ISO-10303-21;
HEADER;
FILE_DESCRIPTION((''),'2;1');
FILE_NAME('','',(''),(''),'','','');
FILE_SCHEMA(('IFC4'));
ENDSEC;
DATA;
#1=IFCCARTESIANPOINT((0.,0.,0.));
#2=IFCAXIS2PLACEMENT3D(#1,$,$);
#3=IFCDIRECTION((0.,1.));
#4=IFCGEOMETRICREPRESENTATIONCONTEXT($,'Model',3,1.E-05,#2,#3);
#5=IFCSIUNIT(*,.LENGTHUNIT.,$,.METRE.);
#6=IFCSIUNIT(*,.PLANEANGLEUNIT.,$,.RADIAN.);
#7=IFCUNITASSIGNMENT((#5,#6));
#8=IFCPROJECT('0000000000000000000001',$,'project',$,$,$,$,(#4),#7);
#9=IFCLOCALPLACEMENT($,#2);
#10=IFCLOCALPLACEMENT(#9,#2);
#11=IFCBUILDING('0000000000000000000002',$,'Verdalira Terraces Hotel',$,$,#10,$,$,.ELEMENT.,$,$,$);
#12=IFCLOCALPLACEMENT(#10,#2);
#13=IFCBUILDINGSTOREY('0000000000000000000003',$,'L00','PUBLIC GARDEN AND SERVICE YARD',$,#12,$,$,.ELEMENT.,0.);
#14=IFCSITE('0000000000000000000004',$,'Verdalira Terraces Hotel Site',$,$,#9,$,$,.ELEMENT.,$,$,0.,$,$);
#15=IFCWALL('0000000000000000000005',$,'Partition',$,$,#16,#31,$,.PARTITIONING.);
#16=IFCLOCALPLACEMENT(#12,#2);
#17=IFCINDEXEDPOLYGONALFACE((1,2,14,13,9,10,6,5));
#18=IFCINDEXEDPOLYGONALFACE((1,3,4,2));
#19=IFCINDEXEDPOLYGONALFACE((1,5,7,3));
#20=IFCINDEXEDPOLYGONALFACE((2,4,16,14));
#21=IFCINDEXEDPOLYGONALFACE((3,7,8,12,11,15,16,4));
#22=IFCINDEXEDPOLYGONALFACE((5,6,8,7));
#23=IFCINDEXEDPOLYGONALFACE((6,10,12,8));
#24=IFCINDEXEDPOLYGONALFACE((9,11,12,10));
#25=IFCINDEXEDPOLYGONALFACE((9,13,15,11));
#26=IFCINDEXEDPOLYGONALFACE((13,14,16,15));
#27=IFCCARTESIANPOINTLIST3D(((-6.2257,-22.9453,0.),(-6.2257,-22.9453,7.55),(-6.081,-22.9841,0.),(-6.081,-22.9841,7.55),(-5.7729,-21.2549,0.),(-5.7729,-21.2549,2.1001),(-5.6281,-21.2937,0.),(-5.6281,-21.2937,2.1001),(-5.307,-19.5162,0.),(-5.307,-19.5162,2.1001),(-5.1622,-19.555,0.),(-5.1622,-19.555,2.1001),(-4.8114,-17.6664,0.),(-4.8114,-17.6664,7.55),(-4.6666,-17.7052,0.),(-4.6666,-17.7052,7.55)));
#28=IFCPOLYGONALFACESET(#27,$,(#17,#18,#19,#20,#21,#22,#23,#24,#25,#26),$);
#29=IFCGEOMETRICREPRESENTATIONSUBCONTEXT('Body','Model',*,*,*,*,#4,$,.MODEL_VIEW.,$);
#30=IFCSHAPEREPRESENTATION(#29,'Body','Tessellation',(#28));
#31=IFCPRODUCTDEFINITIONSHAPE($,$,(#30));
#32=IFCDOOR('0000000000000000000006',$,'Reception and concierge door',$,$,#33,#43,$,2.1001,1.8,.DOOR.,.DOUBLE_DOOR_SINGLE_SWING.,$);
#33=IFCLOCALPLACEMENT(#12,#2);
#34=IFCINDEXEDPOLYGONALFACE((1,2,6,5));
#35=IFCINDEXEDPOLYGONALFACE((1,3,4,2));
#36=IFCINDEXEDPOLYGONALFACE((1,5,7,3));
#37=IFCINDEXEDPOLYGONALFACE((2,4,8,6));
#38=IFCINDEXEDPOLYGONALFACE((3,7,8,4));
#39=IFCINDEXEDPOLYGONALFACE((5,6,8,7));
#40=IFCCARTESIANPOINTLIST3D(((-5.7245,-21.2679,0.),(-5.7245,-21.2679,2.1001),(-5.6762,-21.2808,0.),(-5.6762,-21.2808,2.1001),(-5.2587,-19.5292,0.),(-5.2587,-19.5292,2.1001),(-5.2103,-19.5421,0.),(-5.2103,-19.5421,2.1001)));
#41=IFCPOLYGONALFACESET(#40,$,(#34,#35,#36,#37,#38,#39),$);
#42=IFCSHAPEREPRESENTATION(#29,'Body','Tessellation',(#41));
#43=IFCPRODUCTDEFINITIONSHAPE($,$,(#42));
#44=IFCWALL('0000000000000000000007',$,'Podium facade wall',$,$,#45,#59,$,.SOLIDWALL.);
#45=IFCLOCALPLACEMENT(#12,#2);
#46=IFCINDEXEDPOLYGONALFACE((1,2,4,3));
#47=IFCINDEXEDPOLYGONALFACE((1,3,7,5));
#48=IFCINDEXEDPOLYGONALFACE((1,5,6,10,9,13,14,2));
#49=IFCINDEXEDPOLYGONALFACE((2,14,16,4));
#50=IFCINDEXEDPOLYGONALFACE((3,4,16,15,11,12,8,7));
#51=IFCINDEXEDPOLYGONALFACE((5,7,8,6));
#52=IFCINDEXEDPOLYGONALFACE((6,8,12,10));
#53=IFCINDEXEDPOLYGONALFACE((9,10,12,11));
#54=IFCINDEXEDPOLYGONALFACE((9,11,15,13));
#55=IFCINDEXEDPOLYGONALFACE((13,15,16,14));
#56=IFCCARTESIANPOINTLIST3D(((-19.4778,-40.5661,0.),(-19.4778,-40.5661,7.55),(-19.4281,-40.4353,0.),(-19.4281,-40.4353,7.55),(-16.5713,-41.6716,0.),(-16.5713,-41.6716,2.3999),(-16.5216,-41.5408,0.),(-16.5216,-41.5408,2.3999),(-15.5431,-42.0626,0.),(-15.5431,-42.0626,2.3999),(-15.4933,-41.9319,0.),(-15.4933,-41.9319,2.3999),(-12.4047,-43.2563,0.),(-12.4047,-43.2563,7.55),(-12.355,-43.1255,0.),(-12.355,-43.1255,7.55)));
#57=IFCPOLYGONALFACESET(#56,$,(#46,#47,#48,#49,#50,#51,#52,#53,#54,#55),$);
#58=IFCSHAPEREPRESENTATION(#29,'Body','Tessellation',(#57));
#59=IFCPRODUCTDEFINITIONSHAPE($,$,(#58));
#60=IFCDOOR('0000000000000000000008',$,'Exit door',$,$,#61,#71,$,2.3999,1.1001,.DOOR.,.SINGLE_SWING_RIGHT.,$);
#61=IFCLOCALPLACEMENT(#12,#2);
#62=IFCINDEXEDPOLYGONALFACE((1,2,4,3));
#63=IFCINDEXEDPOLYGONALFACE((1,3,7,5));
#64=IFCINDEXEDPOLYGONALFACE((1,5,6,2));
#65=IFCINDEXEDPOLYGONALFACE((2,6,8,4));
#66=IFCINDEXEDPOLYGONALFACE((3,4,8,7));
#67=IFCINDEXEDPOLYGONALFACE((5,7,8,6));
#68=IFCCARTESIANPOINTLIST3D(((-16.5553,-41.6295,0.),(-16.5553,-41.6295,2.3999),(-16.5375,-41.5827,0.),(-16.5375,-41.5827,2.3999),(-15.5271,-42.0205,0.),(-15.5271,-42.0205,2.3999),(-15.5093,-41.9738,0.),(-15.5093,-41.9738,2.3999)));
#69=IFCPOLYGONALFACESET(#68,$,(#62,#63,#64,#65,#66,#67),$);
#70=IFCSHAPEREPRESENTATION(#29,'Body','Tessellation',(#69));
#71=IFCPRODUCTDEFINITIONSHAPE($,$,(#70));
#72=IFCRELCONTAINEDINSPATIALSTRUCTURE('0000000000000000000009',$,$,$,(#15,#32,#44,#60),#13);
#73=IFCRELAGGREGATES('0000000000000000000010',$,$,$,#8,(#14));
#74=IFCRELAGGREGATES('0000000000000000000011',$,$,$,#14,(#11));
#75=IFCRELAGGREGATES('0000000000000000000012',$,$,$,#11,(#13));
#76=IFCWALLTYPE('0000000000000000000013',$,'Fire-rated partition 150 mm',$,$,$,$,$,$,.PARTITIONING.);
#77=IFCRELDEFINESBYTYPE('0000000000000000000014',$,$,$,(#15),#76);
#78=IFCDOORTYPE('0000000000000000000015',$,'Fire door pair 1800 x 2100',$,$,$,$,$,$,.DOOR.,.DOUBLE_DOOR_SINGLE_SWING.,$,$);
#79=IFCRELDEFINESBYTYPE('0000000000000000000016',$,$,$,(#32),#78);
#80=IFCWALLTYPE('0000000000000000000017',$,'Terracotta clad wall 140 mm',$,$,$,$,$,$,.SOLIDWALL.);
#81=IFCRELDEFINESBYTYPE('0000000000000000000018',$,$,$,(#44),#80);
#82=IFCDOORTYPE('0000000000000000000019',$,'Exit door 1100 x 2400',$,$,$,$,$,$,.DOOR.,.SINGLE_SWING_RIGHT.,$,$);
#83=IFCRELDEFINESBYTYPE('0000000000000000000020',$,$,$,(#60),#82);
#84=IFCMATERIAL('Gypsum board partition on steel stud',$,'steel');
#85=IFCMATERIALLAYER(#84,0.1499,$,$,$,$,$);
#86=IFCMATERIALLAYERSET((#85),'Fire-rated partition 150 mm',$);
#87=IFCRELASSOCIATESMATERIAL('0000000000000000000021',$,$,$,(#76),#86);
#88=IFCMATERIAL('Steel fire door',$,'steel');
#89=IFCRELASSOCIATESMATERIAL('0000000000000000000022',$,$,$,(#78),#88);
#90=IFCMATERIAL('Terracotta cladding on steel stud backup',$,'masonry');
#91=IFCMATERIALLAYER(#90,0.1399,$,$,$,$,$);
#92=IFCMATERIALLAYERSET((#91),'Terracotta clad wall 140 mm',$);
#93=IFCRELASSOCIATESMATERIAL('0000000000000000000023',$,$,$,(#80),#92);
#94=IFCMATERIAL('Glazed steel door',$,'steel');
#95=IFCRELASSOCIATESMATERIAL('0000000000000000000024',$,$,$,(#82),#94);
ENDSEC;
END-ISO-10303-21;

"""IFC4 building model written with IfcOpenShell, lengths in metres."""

from ifc_helpers import new_model, si_unit, direction, frame, frame_2d, origin, place, context, subcontext, project, spatial, rectangle, extrude, material, layer, layer_set, type_object, element, fill, save


model = new_model("IFC4")

# Units and contexts
model_context = context("Model", 3, precision=1e-05, world=origin(), true_north=direction((0.0, 1.0)))
body_context = subcontext(model_context, "Body", "Model", "MODEL_VIEW")
ifc_project = project(units=[si_unit("LENGTHUNIT", "METRE"), si_unit("PLANEANGLEUNIT", "RADIAN")], contexts=[model_context])

# Site, building, storey
site_placement = place(None, origin())
site = spatial("IfcSite", under=ifc_project, at=site_placement, Name="Verdalira Terraces Hotel Site", CompositionType="ELEMENT", RefElevation=0.0)
building_placement = place(site_placement, origin())
building = spatial("IfcBuilding", under=site, at=building_placement, Name="Verdalira Terraces Hotel", CompositionType="ELEMENT")
storey_placement = place(building_placement, origin())
storey = spatial("IfcBuildingStorey", under=building, at=storey_placement, Name="L00", Description="PUBLIC GARDEN AND SERVICE YARD", CompositionType="ELEMENT", Elevation=0.0)

# Shared definitions
ifc_material_1 = material(Name="Gypsum board partition on steel stud", Category="steel")
ifc_layer_1 = layer(ifc_material_1, 0.1499)
ifc_layer_set_1 = layer_set([ifc_layer_1], Name="Fire-rated partition 150 mm")
wall_type_1 = type_object("IfcWallType", Name="Fire-rated partition 150 mm", PredefinedType="PARTITIONING", material=ifc_layer_set_1)
ifc_material_2 = material(Name="Steel fire door", Category="steel")
door_type_1 = type_object("IfcDoorType", Name="Fire door pair 1800 x 2100", OperationType="DOUBLE_DOOR_SINGLE_SWING", PredefinedType="DOOR", material=ifc_material_2)

# Walls, openings, doors
wall_1_placement = place(storey_placement, frame((-6.1533, -22.9646, 0.0), z_axis=(0.0, 0.0, 1.0), x_axis=(0.258794, 0.965932, 0.0)))
wall_1 = element("IfcWall", 1, at=wall_1_placement, inside=storey, type_object=wall_type_1, Name="Partition", PredefinedType="PARTITIONING", context=body_context, shape_type="SweptSolid", body=[
    extrude(rectangle(XDim=5.4651, YDim=0.1499, at=frame_2d((2.7324, 0.0))), origin(), (0.0, 0.0, 1.0), 7.55),
])
opening_1_placement = place(wall_1_placement, frame((1.75, 0.0, 0.0)))
opening_1 = element("IfcOpeningElement", 2, at=opening_1_placement, cuts=wall_1, PredefinedType="OPENING", context=body_context, shape_type="SweptSolid", body=[
    extrude(rectangle(XDim=1.8, YDim=2.1001, at=frame_2d((0.8999, 1.05))), frame((0.0, 0.085, 0.0), z_axis=(0.0, -1.0, 0.0), x_axis=(1.0, 0.0, 0.0)), (0.0, 0.0, 1.0), 0.1699),
])
door_1_placement = place(opening_1_placement, origin())
door_1 = element("IfcDoor", 3, at=door_1_placement, inside=storey, type_object=door_type_1, Name="Reception and concierge door", OperationType="DOUBLE_DOOR_SINGLE_SWING", OverallHeight=2.1001, OverallWidth=1.8, PredefinedType="DOOR", context=body_context, shape_type="SweptSolid", body=[
    extrude(rectangle(XDim=1.8, YDim=2.1001, at=frame_2d((0.8999, 1.05))), frame((0.0, 0.0249, 0.0), z_axis=(0.0, -1.0, 0.0), x_axis=(1.0, 0.0, 0.0)), (0.0, 0.0, 1.0), 0.05),
])
fill(opening_1, door_1)
ifc_material_3 = material(Name="Terracotta cladding on steel stud backup", Category="masonry")
ifc_layer_2 = layer(ifc_material_3, 0.1399)
ifc_layer_set_2 = layer_set([ifc_layer_2], Name="Terracotta clad wall 140 mm")
wall_type_2 = type_object("IfcWallType", Name="Terracotta clad wall 140 mm", PredefinedType="SOLIDWALL", material=ifc_layer_set_2)
wall_2_placement = place(storey_placement, frame((-12.3799, -43.1909, 0.0), z_axis=(0.0, 0.0, 1.0), x_axis=(-0.934676, 0.3555, 0.0)))
wall_2 = element("IfcWall", 4, at=wall_2_placement, inside=storey, type_object=wall_type_2, Name="Podium facade wall", PredefinedType="SOLIDWALL", context=body_context, shape_type="SweptSolid", body=[
    extrude(rectangle(XDim=7.5674, YDim=0.1399, at=frame_2d((3.7837, 0.0))), origin(), (0.0, 0.0, 1.0), 7.55),
])
opening_2_placement = place(wall_2_placement, frame((3.3577, 0.0, 0.0)))
opening_2 = element("IfcOpeningElement", 5, at=opening_2_placement, cuts=wall_2, PredefinedType="OPENING", context=body_context, shape_type="SweptSolid", body=[
    extrude(rectangle(XDim=1.1001, YDim=2.3999, at=frame_2d((0.55, 1.2))), frame((0.0, 0.0798, 0.0), z_axis=(0.0, -1.0, 0.0), x_axis=(1.0, 0.0, 0.0)), (0.0, 0.0, 1.0), 0.1599),
])
ifc_material_4 = material(Name="Glazed steel door", Category="steel")
door_type_2 = type_object("IfcDoorType", Name="Exit door 1100 x 2400", OperationType="SINGLE_SWING_RIGHT", PredefinedType="DOOR", material=ifc_material_4)
door_2_placement = place(opening_2_placement, origin())
door_2 = element("IfcDoor", 6, at=door_2_placement, inside=storey, type_object=door_type_2, Name="Exit door", OperationType="SINGLE_SWING_RIGHT", OverallHeight=2.3999, OverallWidth=1.1001, PredefinedType="DOOR", context=body_context, shape_type="SweptSolid", body=[
    extrude(rectangle(XDim=1.1001, YDim=2.3999, at=frame_2d((0.55, 1.2))), frame((0.0, 0.0249, 0.0), z_axis=(0.0, -1.0, 0.0), x_axis=(1.0, 0.0, 0.0)), (0.0, 0.0, 1.0), 0.05),
])
fill(opening_2, door_2)

save(model, "model.ifc")
